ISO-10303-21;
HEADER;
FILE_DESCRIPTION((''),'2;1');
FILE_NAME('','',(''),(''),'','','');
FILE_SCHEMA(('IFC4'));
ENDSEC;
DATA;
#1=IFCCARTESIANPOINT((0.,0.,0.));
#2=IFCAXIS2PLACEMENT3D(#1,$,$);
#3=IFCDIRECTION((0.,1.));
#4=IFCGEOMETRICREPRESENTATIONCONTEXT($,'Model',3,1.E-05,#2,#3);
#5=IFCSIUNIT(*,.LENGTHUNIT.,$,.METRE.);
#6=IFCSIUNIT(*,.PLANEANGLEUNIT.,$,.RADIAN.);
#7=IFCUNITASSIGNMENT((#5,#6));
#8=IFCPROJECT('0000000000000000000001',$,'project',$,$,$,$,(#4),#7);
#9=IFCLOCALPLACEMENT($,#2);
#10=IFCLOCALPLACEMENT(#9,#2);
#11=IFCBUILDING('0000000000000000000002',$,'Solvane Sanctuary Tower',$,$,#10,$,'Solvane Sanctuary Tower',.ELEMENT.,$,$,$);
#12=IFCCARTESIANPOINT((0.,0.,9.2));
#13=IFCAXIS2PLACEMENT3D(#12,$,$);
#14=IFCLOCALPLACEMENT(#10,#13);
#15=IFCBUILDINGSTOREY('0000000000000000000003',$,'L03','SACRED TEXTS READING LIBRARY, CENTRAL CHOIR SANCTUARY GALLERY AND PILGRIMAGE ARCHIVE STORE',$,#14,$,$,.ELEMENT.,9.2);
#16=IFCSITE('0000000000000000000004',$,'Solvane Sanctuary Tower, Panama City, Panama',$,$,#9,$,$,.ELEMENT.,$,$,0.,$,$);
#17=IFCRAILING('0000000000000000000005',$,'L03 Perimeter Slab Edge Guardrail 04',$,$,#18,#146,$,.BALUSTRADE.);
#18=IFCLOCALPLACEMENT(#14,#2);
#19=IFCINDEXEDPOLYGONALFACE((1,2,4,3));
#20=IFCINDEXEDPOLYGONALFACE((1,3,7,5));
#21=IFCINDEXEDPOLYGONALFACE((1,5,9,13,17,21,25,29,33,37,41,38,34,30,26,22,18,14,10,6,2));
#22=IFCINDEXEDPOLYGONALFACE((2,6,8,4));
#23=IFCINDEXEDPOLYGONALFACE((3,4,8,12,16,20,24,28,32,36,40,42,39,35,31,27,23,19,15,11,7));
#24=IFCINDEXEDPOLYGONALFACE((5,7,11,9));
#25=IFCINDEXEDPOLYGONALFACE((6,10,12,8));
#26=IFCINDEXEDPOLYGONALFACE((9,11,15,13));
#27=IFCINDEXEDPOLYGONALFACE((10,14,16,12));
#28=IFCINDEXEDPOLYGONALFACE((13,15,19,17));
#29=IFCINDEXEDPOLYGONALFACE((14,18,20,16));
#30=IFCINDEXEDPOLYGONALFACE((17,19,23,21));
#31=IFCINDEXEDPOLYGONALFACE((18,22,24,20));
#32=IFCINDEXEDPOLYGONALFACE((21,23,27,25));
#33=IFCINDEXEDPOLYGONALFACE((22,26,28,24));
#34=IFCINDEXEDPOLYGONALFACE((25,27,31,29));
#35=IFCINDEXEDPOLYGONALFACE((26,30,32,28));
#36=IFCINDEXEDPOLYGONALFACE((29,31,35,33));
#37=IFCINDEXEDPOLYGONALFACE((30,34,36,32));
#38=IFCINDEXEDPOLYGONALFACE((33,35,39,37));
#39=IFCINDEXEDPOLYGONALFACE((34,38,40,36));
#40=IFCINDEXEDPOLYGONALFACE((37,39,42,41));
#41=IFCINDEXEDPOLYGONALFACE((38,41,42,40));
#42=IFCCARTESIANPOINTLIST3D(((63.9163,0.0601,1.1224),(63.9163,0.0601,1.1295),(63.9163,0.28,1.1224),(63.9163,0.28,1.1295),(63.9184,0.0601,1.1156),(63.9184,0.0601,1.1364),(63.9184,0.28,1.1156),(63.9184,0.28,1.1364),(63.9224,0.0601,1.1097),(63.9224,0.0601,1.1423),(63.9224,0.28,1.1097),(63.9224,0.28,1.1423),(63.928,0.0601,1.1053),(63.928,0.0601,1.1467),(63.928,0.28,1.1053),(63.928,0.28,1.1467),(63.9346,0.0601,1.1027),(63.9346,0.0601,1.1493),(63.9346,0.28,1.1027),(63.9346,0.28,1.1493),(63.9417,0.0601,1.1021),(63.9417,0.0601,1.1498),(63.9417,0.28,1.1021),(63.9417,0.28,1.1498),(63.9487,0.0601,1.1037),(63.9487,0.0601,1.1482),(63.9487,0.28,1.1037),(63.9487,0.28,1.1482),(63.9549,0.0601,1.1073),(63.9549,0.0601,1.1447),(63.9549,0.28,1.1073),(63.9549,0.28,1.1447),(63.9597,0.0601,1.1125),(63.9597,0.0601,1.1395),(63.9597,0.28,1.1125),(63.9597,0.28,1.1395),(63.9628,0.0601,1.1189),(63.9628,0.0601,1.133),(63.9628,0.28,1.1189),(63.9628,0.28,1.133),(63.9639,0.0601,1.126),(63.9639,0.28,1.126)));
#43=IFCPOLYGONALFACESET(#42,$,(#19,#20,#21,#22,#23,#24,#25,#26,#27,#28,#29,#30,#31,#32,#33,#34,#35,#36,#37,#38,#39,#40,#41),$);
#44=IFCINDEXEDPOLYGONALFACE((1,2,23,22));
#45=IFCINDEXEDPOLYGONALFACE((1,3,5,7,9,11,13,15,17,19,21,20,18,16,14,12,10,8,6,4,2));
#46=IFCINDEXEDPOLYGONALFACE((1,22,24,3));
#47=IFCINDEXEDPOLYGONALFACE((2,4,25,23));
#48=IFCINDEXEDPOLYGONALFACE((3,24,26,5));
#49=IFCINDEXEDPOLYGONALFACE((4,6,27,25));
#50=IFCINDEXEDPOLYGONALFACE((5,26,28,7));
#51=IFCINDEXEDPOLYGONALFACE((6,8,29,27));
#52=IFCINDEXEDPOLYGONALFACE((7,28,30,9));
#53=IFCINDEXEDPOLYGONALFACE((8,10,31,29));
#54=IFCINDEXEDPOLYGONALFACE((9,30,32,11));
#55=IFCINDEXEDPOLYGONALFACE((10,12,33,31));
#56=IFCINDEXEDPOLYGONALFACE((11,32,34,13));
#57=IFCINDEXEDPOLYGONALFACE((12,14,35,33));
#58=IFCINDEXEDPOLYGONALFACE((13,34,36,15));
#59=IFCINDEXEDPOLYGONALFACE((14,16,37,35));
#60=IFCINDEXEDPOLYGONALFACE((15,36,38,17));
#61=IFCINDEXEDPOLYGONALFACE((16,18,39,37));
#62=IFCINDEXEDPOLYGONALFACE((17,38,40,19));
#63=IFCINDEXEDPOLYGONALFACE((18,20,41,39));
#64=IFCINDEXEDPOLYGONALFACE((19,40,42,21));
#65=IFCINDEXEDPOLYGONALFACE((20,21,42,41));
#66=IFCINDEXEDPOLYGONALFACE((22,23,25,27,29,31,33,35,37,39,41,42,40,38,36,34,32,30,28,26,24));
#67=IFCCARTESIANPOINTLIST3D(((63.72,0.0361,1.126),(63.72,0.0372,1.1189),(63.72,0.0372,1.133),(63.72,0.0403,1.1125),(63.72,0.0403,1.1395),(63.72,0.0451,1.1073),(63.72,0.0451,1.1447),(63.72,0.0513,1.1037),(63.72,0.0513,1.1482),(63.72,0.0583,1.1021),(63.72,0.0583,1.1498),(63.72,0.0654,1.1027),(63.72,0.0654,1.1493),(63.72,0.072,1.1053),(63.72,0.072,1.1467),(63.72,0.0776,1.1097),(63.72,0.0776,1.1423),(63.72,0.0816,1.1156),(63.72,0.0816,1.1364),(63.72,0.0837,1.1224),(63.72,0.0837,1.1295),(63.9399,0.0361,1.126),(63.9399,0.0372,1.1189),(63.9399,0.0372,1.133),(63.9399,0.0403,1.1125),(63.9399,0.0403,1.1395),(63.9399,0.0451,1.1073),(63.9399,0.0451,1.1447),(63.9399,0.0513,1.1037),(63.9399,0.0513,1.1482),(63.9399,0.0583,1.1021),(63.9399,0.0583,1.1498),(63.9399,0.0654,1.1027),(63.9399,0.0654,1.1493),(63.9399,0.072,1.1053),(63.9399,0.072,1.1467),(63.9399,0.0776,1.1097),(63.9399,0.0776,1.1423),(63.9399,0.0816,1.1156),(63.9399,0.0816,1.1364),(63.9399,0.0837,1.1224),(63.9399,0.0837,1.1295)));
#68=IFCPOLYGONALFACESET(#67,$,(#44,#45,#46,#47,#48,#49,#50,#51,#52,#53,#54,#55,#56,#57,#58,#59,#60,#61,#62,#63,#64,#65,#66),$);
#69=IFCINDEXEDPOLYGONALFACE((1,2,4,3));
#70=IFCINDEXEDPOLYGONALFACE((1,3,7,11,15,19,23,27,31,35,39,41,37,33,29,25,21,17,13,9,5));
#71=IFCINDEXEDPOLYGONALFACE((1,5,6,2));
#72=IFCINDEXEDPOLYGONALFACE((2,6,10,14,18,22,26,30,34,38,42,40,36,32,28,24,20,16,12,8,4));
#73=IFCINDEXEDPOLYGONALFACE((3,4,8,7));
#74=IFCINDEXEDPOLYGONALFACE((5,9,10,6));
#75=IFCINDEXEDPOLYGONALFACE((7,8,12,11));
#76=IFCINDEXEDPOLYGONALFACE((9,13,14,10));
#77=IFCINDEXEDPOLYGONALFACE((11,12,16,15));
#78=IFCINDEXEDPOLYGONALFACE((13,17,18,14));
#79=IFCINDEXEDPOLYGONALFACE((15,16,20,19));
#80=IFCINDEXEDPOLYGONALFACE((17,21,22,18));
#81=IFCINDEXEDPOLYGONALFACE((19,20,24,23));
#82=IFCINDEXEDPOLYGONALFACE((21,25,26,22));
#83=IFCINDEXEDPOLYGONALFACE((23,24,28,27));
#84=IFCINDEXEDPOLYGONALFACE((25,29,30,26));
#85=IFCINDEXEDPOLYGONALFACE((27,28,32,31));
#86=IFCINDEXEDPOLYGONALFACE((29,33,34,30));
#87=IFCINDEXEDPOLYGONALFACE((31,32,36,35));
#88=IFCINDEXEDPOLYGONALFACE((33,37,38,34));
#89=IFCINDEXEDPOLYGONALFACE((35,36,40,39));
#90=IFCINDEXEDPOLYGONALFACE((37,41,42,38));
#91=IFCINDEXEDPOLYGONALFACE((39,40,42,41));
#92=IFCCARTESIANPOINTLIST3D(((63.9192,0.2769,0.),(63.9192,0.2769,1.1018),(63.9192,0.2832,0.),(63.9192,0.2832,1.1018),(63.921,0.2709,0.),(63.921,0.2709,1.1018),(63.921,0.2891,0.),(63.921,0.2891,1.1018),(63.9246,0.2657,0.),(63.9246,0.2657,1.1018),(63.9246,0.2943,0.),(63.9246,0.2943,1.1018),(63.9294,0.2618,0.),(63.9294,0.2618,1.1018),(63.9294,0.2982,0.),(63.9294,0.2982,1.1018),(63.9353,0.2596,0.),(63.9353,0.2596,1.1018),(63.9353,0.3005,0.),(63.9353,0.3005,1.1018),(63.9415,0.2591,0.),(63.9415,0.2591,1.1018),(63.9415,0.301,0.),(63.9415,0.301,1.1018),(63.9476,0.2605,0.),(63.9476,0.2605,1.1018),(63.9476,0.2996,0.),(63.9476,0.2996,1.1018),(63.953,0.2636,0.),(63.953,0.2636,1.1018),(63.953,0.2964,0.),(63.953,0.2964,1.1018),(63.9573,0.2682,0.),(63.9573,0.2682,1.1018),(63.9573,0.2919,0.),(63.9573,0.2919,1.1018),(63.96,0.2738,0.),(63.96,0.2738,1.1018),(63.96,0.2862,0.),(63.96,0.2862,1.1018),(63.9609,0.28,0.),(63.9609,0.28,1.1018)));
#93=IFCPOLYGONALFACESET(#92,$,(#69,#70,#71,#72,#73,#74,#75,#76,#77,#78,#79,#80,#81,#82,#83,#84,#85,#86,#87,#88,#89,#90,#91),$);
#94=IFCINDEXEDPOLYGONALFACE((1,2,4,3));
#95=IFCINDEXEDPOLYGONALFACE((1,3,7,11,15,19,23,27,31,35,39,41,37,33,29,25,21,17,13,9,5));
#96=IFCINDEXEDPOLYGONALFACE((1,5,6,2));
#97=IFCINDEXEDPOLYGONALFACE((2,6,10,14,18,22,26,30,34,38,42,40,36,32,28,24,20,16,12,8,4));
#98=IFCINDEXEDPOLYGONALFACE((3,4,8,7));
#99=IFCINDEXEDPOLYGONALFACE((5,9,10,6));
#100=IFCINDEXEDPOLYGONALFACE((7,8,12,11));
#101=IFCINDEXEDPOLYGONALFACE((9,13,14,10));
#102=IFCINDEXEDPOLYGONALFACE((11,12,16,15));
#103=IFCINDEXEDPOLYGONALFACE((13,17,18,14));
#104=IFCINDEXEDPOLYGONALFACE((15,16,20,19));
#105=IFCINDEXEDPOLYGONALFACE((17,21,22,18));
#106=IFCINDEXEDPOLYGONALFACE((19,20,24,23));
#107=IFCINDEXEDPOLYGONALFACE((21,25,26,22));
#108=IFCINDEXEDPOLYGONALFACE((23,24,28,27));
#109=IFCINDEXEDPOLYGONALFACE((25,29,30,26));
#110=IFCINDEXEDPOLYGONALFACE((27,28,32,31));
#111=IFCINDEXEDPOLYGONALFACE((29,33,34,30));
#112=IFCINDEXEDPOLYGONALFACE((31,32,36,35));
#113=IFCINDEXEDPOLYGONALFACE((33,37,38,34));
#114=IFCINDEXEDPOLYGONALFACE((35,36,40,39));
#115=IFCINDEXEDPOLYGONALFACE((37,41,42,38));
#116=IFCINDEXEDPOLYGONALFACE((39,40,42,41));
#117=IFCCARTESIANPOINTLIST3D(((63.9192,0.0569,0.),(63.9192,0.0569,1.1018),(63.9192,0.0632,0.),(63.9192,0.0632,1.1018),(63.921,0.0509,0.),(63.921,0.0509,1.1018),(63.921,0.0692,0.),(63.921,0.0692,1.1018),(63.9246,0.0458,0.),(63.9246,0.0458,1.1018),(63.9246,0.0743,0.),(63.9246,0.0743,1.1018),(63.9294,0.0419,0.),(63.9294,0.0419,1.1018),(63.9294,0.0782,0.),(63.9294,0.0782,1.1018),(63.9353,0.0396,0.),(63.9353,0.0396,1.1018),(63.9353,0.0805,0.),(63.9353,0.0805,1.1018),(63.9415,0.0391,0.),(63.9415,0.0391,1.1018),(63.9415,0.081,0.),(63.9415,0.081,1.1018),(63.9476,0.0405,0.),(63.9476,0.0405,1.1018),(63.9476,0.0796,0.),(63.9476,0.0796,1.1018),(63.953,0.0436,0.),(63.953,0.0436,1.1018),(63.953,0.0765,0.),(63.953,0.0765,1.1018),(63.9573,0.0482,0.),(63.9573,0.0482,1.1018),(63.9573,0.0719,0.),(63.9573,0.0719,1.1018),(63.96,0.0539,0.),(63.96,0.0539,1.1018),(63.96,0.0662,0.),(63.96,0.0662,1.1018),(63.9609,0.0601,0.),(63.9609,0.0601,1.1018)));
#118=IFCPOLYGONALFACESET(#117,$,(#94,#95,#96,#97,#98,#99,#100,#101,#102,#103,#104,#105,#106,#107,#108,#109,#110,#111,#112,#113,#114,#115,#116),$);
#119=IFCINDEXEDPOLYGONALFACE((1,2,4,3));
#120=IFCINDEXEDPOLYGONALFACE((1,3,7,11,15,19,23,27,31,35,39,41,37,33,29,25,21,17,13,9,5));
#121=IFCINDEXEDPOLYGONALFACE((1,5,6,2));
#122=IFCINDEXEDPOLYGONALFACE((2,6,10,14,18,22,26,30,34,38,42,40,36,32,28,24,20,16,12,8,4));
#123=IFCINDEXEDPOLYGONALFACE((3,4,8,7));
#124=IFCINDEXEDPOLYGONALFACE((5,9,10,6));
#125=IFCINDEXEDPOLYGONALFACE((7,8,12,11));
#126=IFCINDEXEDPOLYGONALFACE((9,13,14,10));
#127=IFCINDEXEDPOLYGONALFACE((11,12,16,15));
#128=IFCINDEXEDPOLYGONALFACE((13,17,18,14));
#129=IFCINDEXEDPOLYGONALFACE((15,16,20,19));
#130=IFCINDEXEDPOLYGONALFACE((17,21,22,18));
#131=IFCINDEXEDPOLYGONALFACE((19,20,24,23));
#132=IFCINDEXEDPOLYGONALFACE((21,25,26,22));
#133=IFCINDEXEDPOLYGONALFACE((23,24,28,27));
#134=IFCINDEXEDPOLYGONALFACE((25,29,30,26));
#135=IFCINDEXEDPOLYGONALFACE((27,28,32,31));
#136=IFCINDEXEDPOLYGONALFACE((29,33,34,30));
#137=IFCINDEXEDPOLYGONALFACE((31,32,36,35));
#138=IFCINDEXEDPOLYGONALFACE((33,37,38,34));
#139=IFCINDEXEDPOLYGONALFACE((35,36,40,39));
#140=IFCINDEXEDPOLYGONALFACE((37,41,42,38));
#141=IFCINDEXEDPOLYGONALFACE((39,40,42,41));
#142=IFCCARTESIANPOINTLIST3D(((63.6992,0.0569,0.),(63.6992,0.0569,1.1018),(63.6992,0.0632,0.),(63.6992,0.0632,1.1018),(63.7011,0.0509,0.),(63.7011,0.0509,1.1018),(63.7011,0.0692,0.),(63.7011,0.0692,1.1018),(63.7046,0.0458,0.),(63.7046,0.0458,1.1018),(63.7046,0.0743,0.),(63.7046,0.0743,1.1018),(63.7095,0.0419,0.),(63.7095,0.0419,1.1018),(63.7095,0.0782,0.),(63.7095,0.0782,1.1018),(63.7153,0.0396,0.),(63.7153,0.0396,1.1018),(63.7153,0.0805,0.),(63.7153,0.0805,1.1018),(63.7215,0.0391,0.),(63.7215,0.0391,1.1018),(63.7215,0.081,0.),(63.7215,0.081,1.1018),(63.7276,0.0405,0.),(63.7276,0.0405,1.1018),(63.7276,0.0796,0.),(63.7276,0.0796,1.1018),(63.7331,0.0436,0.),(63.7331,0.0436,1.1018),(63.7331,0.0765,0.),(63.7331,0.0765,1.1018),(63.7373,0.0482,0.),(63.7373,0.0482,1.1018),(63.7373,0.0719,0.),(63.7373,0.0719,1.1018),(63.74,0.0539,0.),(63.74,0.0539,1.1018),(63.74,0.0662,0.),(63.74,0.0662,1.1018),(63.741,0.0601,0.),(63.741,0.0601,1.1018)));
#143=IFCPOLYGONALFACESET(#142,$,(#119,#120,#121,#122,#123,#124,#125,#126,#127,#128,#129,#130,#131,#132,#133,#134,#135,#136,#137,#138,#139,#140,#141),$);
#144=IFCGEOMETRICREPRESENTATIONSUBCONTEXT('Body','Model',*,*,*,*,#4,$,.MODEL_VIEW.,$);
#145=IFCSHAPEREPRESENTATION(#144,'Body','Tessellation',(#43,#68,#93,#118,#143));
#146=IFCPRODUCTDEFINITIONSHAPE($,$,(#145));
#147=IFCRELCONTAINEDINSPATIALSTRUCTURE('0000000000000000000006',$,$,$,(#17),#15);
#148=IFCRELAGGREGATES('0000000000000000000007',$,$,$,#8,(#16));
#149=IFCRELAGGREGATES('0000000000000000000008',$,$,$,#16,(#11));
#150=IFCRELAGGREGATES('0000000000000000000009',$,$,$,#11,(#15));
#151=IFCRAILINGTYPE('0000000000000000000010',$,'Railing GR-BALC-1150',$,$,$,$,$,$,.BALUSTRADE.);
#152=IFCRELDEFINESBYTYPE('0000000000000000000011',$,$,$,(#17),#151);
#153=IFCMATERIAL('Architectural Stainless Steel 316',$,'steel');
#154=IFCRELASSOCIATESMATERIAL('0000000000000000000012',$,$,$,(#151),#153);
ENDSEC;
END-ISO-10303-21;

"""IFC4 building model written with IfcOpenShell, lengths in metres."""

from ifc_helpers import new_model, si_unit, direction, frame, origin, origin_2d, place, context, subcontext, project, spatial, circle, extrude, material, type_object, element, save


model = new_model("IFC4")

# Units and contexts
model_context = context("Model", 3, precision=1e-05, world=origin(), true_north=direction((0.0, 1.0)))
body_context = subcontext(model_context, "Body", "Model", "MODEL_VIEW")
ifc_project = project(units=[si_unit("LENGTHUNIT", "METRE"), si_unit("PLANEANGLEUNIT", "RADIAN")], contexts=[model_context])

# Site, building, storey
site_placement = place(None, origin())
site = spatial("IfcSite", under=ifc_project, at=site_placement, Name="Solvane Sanctuary Tower, Panama City, Panama", CompositionType="ELEMENT", RefElevation=0.0)
building_placement = place(site_placement, origin())
building = spatial("IfcBuilding", under=site, at=building_placement, Name="Solvane Sanctuary Tower", LongName="Solvane Sanctuary Tower", CompositionType="ELEMENT")
storey_placement = place(building_placement, frame((0.0, 0.0, 9.2)))
storey = spatial("IfcBuildingStorey", under=building, at=storey_placement, Name="L03", Description="SACRED TEXTS READING LIBRARY, CENTRAL CHOIR SANCTUARY GALLERY AND PILGRIMAGE ARCHIVE STORE", CompositionType="ELEMENT", Elevation=9.2)

# Shared definitions
ifc_material_1 = material(Name="Architectural Stainless Steel 316", Category="steel")

# Railing
railing_type_1 = type_object("IfcRailingType", Name="Railing GR-BALC-1150", PredefinedType="BALUSTRADE", material=ifc_material_1)
railing_1_placement = place(storey_placement, frame((63.9399, 0.28, 0.0)))
element("IfcRailing", 1, at=railing_1_placement, inside=storey, type_object=railing_type_1, Name="L03 Perimeter Slab Edge Guardrail 04", PredefinedType="BALUSTRADE", context=body_context, shape_type="SweptSolid", body=[
    extrude(circle(Radius=0.0239, at=origin_2d()), frame((0.0, 0.0, 1.126), z_axis=(0.0, -1.0, 0.0), x_axis=(1.0, 0.0, 0.0)), (0.0, 0.0, 1.0), 0.22),
    extrude(circle(Radius=0.0239, at=origin_2d()), frame((0.0, -0.22, 1.126), z_axis=(-1.0, 0.0, 0.0), x_axis=(0.0, -1.0, 0.0)), (0.0, 0.0, 1.0), 0.22),
    extrude(circle(Radius=0.021, at=origin_2d()), origin(), (0.0, 0.0, 1.0), 1.1018),
    extrude(circle(Radius=0.021, at=origin_2d()), frame((0.0, -0.22, 0.0)), (0.0, 0.0, 1.0), 1.1018),
    extrude(circle(Radius=0.021, at=origin_2d()), frame((-0.22, -0.22, 0.0)), (0.0, 0.0, 1.0), 1.1018),
])

save(model, "model.ifc")
